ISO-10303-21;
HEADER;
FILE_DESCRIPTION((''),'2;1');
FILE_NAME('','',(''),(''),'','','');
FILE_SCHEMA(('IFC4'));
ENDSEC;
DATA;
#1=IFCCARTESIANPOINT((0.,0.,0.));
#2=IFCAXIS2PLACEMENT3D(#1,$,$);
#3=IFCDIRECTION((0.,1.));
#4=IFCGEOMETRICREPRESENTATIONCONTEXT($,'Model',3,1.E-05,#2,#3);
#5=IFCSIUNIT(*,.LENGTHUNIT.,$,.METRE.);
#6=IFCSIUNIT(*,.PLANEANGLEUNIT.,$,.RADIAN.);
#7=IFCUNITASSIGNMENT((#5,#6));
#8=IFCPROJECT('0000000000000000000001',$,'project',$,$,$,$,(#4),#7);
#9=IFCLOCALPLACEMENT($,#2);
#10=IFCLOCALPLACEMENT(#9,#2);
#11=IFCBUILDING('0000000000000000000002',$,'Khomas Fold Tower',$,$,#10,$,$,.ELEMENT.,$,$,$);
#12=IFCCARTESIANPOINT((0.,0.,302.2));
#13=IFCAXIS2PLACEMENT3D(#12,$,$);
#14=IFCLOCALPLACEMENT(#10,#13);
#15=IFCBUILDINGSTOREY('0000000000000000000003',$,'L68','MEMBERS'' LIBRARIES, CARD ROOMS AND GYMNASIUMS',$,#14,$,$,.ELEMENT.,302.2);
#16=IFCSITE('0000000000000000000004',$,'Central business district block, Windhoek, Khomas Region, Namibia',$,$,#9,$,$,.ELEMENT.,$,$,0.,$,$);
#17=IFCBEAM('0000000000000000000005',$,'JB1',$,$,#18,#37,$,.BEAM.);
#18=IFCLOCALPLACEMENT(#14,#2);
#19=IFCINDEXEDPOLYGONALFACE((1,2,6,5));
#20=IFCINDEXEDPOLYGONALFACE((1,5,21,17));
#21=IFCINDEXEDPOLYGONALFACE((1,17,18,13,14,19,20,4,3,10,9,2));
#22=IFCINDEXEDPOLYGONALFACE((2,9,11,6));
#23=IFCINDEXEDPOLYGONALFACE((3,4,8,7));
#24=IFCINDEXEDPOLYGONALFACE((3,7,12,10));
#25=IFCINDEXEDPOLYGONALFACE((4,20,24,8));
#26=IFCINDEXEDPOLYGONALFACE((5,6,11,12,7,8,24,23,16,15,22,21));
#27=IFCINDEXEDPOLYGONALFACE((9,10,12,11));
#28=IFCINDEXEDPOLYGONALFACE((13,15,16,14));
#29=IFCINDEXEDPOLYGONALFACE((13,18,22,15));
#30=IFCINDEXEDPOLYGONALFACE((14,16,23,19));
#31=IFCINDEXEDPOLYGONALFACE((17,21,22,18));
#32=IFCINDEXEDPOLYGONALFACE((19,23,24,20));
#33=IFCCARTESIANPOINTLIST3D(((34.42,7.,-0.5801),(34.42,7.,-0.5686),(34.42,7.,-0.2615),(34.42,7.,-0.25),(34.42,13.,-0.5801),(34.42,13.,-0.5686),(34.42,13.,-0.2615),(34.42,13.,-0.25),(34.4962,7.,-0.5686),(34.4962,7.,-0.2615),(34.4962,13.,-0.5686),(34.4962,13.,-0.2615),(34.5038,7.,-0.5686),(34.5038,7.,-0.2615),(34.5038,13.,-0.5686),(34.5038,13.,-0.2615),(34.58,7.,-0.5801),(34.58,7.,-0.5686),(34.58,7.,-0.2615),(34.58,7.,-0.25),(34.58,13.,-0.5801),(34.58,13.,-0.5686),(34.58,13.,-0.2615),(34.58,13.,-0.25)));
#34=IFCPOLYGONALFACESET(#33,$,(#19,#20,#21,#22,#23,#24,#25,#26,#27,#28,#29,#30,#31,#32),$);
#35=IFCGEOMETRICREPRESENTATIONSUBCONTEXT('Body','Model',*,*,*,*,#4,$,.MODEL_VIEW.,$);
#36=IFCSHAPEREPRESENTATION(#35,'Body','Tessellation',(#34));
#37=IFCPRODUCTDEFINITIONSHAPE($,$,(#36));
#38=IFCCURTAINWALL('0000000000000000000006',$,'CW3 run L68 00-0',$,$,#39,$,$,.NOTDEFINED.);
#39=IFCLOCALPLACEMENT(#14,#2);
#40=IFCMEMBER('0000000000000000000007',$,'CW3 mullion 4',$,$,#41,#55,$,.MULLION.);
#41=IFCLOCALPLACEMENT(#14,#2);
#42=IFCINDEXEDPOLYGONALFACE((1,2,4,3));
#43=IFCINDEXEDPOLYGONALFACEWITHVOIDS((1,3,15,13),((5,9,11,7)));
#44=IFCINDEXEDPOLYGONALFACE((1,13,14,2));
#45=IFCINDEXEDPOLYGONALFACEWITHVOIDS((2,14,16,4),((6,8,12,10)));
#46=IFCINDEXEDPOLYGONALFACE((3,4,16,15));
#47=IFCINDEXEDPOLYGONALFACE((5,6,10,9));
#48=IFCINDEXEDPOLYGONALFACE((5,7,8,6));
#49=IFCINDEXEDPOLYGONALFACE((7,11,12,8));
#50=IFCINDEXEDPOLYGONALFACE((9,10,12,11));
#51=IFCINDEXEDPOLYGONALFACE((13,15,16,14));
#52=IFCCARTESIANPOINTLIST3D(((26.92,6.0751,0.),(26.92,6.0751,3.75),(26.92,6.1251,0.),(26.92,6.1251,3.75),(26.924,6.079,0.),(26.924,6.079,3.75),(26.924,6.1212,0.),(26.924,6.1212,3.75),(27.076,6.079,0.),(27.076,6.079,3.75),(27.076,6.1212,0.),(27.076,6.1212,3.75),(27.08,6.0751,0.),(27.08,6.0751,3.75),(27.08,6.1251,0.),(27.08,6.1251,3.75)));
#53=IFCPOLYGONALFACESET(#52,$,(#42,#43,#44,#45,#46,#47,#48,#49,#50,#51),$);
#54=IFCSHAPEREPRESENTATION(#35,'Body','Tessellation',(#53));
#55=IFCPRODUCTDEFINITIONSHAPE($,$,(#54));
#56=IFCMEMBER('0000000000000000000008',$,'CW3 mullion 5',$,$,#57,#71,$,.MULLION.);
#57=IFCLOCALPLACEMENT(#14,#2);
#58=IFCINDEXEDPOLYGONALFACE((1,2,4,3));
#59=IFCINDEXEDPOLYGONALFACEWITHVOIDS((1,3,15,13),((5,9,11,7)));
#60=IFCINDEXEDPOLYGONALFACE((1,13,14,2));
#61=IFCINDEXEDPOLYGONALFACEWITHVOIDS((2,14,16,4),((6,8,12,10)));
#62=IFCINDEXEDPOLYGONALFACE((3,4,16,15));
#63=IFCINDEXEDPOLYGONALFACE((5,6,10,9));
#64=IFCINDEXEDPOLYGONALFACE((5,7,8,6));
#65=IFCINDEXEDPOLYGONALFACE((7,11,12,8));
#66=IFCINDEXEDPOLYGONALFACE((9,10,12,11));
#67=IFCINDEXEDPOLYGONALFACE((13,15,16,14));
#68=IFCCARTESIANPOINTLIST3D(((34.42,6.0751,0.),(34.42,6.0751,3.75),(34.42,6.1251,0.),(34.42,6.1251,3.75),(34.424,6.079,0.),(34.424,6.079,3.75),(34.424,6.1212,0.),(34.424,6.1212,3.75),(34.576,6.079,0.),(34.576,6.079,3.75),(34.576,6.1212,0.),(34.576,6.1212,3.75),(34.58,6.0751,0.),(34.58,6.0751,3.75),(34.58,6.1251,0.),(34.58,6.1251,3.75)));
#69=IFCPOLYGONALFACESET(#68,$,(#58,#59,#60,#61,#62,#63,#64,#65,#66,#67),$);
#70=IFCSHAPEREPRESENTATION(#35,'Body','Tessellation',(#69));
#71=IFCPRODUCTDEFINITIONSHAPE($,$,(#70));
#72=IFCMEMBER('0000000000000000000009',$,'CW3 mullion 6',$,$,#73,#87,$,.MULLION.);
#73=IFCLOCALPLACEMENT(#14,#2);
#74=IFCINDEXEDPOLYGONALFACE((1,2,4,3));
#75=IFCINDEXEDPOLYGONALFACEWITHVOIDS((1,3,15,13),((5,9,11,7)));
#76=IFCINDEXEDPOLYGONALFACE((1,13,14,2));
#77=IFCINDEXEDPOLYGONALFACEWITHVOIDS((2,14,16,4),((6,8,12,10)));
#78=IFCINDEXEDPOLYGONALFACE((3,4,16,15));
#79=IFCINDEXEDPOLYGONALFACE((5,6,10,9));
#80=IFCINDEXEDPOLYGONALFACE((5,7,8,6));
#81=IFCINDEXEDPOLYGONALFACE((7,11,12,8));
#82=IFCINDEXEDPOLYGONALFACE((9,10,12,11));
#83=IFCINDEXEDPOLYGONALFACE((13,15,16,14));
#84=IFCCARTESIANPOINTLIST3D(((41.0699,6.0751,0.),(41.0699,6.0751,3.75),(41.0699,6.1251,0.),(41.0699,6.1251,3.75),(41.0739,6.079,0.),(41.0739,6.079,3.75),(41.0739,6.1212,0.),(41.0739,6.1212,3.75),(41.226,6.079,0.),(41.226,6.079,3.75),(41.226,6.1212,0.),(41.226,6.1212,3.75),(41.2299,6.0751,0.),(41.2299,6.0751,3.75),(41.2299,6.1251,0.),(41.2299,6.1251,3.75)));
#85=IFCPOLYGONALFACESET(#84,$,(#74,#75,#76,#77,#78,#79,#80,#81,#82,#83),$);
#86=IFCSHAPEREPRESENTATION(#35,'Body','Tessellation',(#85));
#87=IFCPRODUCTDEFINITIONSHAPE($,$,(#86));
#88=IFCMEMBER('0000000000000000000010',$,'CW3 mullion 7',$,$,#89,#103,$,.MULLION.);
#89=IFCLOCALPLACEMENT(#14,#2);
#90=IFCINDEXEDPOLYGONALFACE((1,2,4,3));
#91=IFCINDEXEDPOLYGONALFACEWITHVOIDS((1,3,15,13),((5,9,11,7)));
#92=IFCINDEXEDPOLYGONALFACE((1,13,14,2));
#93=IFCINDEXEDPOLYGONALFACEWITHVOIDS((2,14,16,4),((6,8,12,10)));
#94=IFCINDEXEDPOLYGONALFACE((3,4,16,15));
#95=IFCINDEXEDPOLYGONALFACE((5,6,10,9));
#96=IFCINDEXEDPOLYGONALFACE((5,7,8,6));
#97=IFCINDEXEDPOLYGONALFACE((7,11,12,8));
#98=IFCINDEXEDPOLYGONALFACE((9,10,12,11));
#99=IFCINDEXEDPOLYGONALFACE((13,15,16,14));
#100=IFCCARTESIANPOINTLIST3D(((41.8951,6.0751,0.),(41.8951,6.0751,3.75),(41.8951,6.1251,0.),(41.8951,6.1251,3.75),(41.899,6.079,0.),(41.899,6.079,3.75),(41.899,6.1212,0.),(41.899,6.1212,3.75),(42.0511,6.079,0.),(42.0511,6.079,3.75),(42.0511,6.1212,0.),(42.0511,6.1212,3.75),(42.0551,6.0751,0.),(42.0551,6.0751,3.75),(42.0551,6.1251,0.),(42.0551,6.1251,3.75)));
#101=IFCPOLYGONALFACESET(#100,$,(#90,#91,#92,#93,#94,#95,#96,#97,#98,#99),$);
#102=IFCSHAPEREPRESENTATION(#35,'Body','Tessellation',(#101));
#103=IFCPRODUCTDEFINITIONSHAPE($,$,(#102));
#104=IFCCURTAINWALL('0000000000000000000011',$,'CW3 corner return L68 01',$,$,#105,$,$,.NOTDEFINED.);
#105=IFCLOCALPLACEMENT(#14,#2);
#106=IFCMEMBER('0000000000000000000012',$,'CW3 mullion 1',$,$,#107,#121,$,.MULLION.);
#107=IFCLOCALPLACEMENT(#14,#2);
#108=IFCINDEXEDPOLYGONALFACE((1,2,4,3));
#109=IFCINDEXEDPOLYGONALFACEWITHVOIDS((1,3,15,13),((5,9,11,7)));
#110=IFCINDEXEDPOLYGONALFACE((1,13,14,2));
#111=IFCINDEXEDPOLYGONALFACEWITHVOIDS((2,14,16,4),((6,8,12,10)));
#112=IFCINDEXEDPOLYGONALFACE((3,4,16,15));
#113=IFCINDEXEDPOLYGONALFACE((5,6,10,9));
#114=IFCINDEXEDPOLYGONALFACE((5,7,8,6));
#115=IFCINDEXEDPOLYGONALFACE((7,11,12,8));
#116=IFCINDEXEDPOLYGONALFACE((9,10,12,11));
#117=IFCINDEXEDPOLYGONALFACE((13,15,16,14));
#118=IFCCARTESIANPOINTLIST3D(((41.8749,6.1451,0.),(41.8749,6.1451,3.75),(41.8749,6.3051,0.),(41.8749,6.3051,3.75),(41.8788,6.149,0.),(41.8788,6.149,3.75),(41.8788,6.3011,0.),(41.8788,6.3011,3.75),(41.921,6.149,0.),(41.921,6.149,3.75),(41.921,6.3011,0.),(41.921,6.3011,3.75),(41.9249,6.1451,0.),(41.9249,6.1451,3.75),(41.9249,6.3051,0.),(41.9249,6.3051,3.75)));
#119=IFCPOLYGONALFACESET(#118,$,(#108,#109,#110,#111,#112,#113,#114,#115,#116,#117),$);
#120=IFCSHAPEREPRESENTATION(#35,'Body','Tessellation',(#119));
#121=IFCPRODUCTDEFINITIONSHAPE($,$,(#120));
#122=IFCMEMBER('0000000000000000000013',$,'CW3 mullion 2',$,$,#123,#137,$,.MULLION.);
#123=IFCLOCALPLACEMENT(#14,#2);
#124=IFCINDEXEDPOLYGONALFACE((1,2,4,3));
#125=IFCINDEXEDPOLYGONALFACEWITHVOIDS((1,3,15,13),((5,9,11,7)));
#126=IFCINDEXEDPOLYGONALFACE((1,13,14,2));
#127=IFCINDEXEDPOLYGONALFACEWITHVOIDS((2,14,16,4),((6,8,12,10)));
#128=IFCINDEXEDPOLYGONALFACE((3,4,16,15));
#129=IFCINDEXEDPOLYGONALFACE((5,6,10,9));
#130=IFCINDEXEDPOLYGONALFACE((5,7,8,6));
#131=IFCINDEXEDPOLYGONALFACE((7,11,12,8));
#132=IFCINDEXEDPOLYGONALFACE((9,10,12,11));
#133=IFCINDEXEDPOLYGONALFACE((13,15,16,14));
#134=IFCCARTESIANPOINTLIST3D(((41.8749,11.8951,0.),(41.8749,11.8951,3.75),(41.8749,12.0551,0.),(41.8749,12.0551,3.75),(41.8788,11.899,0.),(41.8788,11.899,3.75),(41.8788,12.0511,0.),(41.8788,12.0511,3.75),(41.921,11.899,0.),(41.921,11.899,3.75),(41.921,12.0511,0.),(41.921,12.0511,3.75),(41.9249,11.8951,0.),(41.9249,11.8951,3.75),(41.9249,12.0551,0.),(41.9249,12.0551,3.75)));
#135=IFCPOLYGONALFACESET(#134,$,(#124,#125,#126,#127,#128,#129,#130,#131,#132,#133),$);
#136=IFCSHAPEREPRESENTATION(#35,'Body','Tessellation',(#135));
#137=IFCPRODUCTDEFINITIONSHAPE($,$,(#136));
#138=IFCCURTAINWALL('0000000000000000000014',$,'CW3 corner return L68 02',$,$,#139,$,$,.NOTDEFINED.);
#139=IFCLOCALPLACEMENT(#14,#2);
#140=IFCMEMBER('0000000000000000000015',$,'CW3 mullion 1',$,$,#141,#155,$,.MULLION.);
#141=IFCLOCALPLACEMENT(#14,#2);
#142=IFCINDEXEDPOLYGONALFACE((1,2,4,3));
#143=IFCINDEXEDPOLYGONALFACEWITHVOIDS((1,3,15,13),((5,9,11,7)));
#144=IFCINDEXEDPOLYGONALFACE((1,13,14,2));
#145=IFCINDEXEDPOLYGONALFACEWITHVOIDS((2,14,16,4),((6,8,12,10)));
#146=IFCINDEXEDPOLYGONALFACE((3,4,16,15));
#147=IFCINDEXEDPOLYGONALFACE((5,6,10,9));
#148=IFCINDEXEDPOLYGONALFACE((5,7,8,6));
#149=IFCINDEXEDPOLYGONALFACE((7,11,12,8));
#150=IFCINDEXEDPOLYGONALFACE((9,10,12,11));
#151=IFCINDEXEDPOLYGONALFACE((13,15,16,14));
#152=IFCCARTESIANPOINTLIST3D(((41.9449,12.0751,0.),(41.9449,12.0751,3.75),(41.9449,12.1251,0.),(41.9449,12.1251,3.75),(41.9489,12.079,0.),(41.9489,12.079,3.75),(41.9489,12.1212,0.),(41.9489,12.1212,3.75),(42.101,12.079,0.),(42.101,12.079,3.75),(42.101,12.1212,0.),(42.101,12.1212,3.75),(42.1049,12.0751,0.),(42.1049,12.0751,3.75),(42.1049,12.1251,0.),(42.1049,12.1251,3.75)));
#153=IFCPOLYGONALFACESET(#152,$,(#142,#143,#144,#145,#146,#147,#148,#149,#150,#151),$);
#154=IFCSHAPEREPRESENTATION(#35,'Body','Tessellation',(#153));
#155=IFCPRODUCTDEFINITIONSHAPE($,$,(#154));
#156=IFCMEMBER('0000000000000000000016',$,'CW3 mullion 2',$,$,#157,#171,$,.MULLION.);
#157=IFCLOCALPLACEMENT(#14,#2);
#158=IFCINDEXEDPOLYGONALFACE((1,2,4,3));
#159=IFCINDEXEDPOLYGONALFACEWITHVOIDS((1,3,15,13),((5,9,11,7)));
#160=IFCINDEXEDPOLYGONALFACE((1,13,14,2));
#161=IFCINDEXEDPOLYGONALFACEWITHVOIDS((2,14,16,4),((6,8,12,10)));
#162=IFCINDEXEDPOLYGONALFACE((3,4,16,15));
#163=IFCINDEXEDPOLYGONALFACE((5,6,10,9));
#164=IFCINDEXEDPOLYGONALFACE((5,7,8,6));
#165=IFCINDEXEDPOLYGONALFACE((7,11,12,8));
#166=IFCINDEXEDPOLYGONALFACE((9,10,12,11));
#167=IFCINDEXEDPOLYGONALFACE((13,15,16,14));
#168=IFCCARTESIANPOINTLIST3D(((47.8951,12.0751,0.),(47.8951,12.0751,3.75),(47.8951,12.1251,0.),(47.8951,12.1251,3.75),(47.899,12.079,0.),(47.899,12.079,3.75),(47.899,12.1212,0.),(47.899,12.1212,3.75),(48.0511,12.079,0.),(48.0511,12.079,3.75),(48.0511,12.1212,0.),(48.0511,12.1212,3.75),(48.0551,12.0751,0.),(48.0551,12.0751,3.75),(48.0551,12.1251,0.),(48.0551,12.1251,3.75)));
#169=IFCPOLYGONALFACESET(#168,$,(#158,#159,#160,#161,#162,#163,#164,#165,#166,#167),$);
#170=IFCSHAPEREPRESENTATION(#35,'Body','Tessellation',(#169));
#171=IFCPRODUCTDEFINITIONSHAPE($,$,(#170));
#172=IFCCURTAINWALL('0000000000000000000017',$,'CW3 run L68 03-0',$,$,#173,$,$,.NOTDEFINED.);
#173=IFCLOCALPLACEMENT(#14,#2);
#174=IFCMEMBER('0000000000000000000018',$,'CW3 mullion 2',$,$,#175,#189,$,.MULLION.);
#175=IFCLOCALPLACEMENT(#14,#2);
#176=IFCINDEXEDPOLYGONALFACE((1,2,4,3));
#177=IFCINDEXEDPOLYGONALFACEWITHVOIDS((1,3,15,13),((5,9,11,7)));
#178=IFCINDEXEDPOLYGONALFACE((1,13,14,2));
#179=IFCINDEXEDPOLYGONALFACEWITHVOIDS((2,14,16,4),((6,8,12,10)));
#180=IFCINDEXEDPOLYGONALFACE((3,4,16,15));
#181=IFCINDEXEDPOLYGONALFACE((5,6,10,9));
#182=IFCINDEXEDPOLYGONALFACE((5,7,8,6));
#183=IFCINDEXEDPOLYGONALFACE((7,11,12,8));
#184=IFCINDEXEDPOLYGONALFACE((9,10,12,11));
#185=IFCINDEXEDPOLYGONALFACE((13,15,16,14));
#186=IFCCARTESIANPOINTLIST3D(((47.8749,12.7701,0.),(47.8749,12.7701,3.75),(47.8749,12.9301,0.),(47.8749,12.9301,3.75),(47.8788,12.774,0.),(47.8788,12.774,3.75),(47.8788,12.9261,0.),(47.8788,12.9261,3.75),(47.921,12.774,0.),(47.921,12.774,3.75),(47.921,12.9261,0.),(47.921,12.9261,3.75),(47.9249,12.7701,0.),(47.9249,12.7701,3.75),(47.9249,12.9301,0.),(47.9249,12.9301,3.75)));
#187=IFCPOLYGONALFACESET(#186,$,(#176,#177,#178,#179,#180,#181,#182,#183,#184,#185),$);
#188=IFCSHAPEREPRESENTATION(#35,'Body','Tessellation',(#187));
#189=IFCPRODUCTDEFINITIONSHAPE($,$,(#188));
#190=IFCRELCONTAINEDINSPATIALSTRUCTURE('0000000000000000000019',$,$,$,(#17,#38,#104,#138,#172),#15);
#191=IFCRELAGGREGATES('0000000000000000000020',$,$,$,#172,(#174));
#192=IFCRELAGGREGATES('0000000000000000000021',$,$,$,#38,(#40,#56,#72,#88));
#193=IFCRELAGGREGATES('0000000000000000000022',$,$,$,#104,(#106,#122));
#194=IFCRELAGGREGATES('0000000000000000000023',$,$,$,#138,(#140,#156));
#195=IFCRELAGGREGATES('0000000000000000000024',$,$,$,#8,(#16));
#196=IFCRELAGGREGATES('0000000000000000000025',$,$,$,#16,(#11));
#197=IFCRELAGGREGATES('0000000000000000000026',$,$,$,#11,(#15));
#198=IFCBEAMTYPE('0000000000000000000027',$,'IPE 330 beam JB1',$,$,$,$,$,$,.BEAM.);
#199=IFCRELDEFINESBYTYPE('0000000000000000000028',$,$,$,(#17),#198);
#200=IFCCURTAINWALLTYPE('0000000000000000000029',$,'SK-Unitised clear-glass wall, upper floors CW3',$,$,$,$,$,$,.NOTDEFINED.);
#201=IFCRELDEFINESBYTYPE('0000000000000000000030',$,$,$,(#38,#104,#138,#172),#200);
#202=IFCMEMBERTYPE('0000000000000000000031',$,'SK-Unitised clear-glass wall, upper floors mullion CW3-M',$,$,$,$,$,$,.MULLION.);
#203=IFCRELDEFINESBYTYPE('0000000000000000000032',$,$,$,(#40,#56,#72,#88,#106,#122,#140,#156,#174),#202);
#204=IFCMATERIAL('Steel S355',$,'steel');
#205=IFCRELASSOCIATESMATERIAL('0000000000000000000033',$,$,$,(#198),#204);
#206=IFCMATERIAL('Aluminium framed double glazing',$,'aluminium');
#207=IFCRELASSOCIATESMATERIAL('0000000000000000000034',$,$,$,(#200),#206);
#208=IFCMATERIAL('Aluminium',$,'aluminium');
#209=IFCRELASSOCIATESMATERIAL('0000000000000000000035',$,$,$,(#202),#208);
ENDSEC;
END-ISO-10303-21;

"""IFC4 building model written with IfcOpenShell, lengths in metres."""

from ifc_helpers import new_model, si_unit, direction, frame, origin, origin_2d, place, context, subcontext, project, spatial, hollow_rectangle, i_section, extrude, source, transform, mapped, material, material_profile, profile_set, type_object, element, aggregate, save


model = new_model("IFC4")

# Units and contexts
model_context = context("Model", 3, precision=1e-05, world=origin(), true_north=direction((0.0, 1.0)))
body_context = subcontext(model_context, "Body", "Model", "MODEL_VIEW")
ifc_project = project(units=[si_unit("LENGTHUNIT", "METRE"), si_unit("PLANEANGLEUNIT", "RADIAN")], contexts=[model_context])

# Site, building, storey
site_placement = place(None, origin())
site = spatial("IfcSite", under=ifc_project, at=site_placement, Name="Central business district block, Windhoek, Khomas Region, Namibia", CompositionType="ELEMENT", RefElevation=0.0)
building_placement = place(site_placement, origin())
building = spatial("IfcBuilding", under=site, at=building_placement, Name="Khomas Fold Tower", CompositionType="ELEMENT")
storey_placement = place(building_placement, frame((0.0, 0.0, 302.2)))
storey = spatial("IfcBuildingStorey", under=building, at=storey_placement, Name="L68", Description="MEMBERS' LIBRARIES, CARD ROOMS AND GYMNASIUMS", CompositionType="ELEMENT", Elevation=302.2)

# Beam
ifc_material_1 = material(Name="Steel S355", Category="steel")
ifc_material_profile_1 = material_profile(ifc_material_1, i_section(OverallWidth=0.1599, OverallDepth=0.3301, WebThickness=0.0076, FlangeThickness=0.0115, at=origin_2d()), Name="IPE 330")
ifc_profile_set_1 = profile_set([ifc_material_profile_1], Name="Steel S355")
beam_type_1 = type_object("IfcBeamType", Name="IPE 330 beam JB1", PredefinedType="BEAM", material=ifc_profile_set_1)
shared_shape_1 = source(origin(), body_context, "Body", "SweptSolid", [
    extrude(i_section(OverallWidth=0.1599, OverallDepth=0.3301, WebThickness=0.0076, FlangeThickness=0.0115, at=origin_2d()), origin(), (0.0, 0.0, 1.0), 6.0),
])
beam_1_placement = place(storey_placement, frame((34.5, 7.0, -0.415), z_axis=(0.0, 1.0, 0.0), x_axis=(-1.0, 0.0, 0.0)))
element("IfcBeam", 1, at=beam_1_placement, inside=storey, type_object=beam_type_1, Name="JB1", PredefinedType="BEAM", context=body_context, shape_type="MappedRepresentation", body=[
    mapped(shared_shape_1, transform((0.0, 0.0, 0.0))),
])

# Curtain walls, members
ifc_material_2 = material(Name="Aluminium framed double glazing", Category="aluminium")
curtain_wall_type = type_object("IfcCurtainWallType", Name="SK-Unitised clear-glass wall, upper floors CW3", PredefinedType="NOTDEFINED", material=ifc_material_2)
curtain_wall_1_placement = place(storey_placement, origin())
curtain_wall_1 = element("IfcCurtainWall", 2, at=curtain_wall_1_placement, inside=storey, type_object=curtain_wall_type, Name="CW3 run L68 00-0", PredefinedType="NOTDEFINED")
ifc_material_3 = material(Name="Aluminium", Category="aluminium")
ifc_material_profile_2 = material_profile(ifc_material_3, hollow_rectangle(XDim=0.05, YDim=0.1599, WallThickness=0.0039, at=origin_2d()), Name="SK-Unitised clear-glass wall, upper floors mullion CW3-M")
ifc_profile_set_2 = profile_set([ifc_material_profile_2], Name="Aluminium")
member_type_1 = type_object("IfcMemberType", Name="SK-Unitised clear-glass wall, upper floors mullion CW3-M", PredefinedType="MULLION", material=ifc_profile_set_2)
shared_shape_2 = source(origin(), body_context, "Body", "SweptSolid", [
    extrude(hollow_rectangle(XDim=0.05, YDim=0.1599, WallThickness=0.0039, at=origin_2d()), origin(), (0.0, 0.0, 1.0), 3.75),
])
member_1_placement = place(storey_placement, frame((27.0, 6.1001, 0.0), z_axis=(0.0, 0.0, 1.0), x_axis=(0.0, 1.0, 0.0)))
member_1 = element("IfcMember", 3, at=member_1_placement, type_object=member_type_1, Name="CW3 mullion 4", PredefinedType="MULLION", context=body_context, shape_type="MappedRepresentation", body=[
    mapped(shared_shape_2, transform((0.0, 0.0, 0.0))),
])
member_2_placement = place(storey_placement, frame((34.5, 6.1001, 0.0), z_axis=(0.0, 0.0, 1.0), x_axis=(0.0, 1.0, 0.0)))
member_2 = element("IfcMember", 4, at=member_2_placement, type_object=member_type_1, Name="CW3 mullion 5", PredefinedType="MULLION", context=body_context, shape_type="MappedRepresentation", body=[
    mapped(shared_shape_2, transform((0.0, 0.0, 0.0))),
])
member_3_placement = place(storey_placement, frame((41.1499, 6.1001, 0.0), z_axis=(0.0, 0.0, 1.0), x_axis=(0.0, 1.0, 0.0)))
member_3 = element("IfcMember", 5, at=member_3_placement, type_object=member_type_1, Name="CW3 mullion 6", PredefinedType="MULLION", context=body_context, shape_type="MappedRepresentation", body=[
    mapped(shared_shape_2, transform((0.0, 0.0, 0.0))),
])
member_4_placement = place(storey_placement, frame((41.9751, 6.1001, 0.0), z_axis=(0.0, 0.0, 1.0), x_axis=(0.0, 1.0, 0.0)))
member_4 = element("IfcMember", 6, at=member_4_placement, type_object=member_type_1, Name="CW3 mullion 7", PredefinedType="MULLION", context=body_context, shape_type="MappedRepresentation", body=[
    mapped(shared_shape_2, transform((0.0, 0.0, 0.0))),
])
curtain_wall_2_placement = place(storey_placement, origin())
curtain_wall_2 = element("IfcCurtainWall", 7, at=curtain_wall_2_placement, inside=storey, type_object=curtain_wall_type, Name="CW3 corner return L68 01", PredefinedType="NOTDEFINED")
member_5_placement = place(storey_placement, frame((41.8999, 6.2251, 0.0), z_axis=(0.0, 0.0, 1.0), x_axis=(-1.0, 0.0, 0.0)))
member_5 = element("IfcMember", 8, at=member_5_placement, type_object=member_type_1, Name="CW3 mullion 1", PredefinedType="MULLION", context=body_context, shape_type="MappedRepresentation", body=[
    mapped(shared_shape_2, transform((0.0, 0.0, 0.0))),
])
member_6_placement = place(storey_placement, frame((41.8999, 11.9751, 0.0), z_axis=(0.0, 0.0, 1.0), x_axis=(-1.0, 0.0, 0.0)))
member_6 = element("IfcMember", 9, at=member_6_placement, type_object=member_type_1, Name="CW3 mullion 2", PredefinedType="MULLION", context=body_context, shape_type="MappedRepresentation", body=[
    mapped(shared_shape_2, transform((0.0, 0.0, 0.0))),
])
curtain_wall_3_placement = place(storey_placement, origin())
curtain_wall_3 = element("IfcCurtainWall", 10, at=curtain_wall_3_placement, inside=storey, type_object=curtain_wall_type, Name="CW3 corner return L68 02", PredefinedType="NOTDEFINED")
member_7_placement = place(storey_placement, frame((42.0249, 12.1001, 0.0), z_axis=(0.0, 0.0, 1.0), x_axis=(0.0, 1.0, 0.0)))
member_7 = element("IfcMember", 11, at=member_7_placement, type_object=member_type_1, Name="CW3 mullion 1", PredefinedType="MULLION", context=body_context, shape_type="MappedRepresentation", body=[
    mapped(shared_shape_2, transform((0.0, 0.0, 0.0))),
])
member_8_placement = place(storey_placement, frame((47.9751, 12.1001, 0.0), z_axis=(0.0, 0.0, 1.0), x_axis=(0.0, 1.0, 0.0)))
member_8 = element("IfcMember", 12, at=member_8_placement, type_object=member_type_1, Name="CW3 mullion 2", PredefinedType="MULLION", context=body_context, shape_type="MappedRepresentation", body=[
    mapped(shared_shape_2, transform((0.0, 0.0, 0.0))),
])
curtain_wall_4_placement = place(storey_placement, origin())
curtain_wall_4 = element("IfcCurtainWall", 13, at=curtain_wall_4_placement, inside=storey, type_object=curtain_wall_type, Name="CW3 run L68 03-0", PredefinedType="NOTDEFINED")
member_9_placement = place(storey_placement, frame((47.8999, 12.8501, 0.0), z_axis=(0.0, 0.0, 1.0), x_axis=(-1.0, 0.0, 0.0)))
member_9 = element("IfcMember", 14, at=member_9_placement, type_object=member_type_1, Name="CW3 mullion 2", PredefinedType="MULLION", context=body_context, shape_type="MappedRepresentation", body=[
    mapped(shared_shape_2, transform((0.0, 0.0, 0.0))),
])

aggregate(curtain_wall_4, [member_9])
aggregate(curtain_wall_1, [member_1, member_2, member_3, member_4])
aggregate(curtain_wall_2, [member_5, member_6])
aggregate(curtain_wall_3, [member_7, member_8])

save(model, "model.ifc")
